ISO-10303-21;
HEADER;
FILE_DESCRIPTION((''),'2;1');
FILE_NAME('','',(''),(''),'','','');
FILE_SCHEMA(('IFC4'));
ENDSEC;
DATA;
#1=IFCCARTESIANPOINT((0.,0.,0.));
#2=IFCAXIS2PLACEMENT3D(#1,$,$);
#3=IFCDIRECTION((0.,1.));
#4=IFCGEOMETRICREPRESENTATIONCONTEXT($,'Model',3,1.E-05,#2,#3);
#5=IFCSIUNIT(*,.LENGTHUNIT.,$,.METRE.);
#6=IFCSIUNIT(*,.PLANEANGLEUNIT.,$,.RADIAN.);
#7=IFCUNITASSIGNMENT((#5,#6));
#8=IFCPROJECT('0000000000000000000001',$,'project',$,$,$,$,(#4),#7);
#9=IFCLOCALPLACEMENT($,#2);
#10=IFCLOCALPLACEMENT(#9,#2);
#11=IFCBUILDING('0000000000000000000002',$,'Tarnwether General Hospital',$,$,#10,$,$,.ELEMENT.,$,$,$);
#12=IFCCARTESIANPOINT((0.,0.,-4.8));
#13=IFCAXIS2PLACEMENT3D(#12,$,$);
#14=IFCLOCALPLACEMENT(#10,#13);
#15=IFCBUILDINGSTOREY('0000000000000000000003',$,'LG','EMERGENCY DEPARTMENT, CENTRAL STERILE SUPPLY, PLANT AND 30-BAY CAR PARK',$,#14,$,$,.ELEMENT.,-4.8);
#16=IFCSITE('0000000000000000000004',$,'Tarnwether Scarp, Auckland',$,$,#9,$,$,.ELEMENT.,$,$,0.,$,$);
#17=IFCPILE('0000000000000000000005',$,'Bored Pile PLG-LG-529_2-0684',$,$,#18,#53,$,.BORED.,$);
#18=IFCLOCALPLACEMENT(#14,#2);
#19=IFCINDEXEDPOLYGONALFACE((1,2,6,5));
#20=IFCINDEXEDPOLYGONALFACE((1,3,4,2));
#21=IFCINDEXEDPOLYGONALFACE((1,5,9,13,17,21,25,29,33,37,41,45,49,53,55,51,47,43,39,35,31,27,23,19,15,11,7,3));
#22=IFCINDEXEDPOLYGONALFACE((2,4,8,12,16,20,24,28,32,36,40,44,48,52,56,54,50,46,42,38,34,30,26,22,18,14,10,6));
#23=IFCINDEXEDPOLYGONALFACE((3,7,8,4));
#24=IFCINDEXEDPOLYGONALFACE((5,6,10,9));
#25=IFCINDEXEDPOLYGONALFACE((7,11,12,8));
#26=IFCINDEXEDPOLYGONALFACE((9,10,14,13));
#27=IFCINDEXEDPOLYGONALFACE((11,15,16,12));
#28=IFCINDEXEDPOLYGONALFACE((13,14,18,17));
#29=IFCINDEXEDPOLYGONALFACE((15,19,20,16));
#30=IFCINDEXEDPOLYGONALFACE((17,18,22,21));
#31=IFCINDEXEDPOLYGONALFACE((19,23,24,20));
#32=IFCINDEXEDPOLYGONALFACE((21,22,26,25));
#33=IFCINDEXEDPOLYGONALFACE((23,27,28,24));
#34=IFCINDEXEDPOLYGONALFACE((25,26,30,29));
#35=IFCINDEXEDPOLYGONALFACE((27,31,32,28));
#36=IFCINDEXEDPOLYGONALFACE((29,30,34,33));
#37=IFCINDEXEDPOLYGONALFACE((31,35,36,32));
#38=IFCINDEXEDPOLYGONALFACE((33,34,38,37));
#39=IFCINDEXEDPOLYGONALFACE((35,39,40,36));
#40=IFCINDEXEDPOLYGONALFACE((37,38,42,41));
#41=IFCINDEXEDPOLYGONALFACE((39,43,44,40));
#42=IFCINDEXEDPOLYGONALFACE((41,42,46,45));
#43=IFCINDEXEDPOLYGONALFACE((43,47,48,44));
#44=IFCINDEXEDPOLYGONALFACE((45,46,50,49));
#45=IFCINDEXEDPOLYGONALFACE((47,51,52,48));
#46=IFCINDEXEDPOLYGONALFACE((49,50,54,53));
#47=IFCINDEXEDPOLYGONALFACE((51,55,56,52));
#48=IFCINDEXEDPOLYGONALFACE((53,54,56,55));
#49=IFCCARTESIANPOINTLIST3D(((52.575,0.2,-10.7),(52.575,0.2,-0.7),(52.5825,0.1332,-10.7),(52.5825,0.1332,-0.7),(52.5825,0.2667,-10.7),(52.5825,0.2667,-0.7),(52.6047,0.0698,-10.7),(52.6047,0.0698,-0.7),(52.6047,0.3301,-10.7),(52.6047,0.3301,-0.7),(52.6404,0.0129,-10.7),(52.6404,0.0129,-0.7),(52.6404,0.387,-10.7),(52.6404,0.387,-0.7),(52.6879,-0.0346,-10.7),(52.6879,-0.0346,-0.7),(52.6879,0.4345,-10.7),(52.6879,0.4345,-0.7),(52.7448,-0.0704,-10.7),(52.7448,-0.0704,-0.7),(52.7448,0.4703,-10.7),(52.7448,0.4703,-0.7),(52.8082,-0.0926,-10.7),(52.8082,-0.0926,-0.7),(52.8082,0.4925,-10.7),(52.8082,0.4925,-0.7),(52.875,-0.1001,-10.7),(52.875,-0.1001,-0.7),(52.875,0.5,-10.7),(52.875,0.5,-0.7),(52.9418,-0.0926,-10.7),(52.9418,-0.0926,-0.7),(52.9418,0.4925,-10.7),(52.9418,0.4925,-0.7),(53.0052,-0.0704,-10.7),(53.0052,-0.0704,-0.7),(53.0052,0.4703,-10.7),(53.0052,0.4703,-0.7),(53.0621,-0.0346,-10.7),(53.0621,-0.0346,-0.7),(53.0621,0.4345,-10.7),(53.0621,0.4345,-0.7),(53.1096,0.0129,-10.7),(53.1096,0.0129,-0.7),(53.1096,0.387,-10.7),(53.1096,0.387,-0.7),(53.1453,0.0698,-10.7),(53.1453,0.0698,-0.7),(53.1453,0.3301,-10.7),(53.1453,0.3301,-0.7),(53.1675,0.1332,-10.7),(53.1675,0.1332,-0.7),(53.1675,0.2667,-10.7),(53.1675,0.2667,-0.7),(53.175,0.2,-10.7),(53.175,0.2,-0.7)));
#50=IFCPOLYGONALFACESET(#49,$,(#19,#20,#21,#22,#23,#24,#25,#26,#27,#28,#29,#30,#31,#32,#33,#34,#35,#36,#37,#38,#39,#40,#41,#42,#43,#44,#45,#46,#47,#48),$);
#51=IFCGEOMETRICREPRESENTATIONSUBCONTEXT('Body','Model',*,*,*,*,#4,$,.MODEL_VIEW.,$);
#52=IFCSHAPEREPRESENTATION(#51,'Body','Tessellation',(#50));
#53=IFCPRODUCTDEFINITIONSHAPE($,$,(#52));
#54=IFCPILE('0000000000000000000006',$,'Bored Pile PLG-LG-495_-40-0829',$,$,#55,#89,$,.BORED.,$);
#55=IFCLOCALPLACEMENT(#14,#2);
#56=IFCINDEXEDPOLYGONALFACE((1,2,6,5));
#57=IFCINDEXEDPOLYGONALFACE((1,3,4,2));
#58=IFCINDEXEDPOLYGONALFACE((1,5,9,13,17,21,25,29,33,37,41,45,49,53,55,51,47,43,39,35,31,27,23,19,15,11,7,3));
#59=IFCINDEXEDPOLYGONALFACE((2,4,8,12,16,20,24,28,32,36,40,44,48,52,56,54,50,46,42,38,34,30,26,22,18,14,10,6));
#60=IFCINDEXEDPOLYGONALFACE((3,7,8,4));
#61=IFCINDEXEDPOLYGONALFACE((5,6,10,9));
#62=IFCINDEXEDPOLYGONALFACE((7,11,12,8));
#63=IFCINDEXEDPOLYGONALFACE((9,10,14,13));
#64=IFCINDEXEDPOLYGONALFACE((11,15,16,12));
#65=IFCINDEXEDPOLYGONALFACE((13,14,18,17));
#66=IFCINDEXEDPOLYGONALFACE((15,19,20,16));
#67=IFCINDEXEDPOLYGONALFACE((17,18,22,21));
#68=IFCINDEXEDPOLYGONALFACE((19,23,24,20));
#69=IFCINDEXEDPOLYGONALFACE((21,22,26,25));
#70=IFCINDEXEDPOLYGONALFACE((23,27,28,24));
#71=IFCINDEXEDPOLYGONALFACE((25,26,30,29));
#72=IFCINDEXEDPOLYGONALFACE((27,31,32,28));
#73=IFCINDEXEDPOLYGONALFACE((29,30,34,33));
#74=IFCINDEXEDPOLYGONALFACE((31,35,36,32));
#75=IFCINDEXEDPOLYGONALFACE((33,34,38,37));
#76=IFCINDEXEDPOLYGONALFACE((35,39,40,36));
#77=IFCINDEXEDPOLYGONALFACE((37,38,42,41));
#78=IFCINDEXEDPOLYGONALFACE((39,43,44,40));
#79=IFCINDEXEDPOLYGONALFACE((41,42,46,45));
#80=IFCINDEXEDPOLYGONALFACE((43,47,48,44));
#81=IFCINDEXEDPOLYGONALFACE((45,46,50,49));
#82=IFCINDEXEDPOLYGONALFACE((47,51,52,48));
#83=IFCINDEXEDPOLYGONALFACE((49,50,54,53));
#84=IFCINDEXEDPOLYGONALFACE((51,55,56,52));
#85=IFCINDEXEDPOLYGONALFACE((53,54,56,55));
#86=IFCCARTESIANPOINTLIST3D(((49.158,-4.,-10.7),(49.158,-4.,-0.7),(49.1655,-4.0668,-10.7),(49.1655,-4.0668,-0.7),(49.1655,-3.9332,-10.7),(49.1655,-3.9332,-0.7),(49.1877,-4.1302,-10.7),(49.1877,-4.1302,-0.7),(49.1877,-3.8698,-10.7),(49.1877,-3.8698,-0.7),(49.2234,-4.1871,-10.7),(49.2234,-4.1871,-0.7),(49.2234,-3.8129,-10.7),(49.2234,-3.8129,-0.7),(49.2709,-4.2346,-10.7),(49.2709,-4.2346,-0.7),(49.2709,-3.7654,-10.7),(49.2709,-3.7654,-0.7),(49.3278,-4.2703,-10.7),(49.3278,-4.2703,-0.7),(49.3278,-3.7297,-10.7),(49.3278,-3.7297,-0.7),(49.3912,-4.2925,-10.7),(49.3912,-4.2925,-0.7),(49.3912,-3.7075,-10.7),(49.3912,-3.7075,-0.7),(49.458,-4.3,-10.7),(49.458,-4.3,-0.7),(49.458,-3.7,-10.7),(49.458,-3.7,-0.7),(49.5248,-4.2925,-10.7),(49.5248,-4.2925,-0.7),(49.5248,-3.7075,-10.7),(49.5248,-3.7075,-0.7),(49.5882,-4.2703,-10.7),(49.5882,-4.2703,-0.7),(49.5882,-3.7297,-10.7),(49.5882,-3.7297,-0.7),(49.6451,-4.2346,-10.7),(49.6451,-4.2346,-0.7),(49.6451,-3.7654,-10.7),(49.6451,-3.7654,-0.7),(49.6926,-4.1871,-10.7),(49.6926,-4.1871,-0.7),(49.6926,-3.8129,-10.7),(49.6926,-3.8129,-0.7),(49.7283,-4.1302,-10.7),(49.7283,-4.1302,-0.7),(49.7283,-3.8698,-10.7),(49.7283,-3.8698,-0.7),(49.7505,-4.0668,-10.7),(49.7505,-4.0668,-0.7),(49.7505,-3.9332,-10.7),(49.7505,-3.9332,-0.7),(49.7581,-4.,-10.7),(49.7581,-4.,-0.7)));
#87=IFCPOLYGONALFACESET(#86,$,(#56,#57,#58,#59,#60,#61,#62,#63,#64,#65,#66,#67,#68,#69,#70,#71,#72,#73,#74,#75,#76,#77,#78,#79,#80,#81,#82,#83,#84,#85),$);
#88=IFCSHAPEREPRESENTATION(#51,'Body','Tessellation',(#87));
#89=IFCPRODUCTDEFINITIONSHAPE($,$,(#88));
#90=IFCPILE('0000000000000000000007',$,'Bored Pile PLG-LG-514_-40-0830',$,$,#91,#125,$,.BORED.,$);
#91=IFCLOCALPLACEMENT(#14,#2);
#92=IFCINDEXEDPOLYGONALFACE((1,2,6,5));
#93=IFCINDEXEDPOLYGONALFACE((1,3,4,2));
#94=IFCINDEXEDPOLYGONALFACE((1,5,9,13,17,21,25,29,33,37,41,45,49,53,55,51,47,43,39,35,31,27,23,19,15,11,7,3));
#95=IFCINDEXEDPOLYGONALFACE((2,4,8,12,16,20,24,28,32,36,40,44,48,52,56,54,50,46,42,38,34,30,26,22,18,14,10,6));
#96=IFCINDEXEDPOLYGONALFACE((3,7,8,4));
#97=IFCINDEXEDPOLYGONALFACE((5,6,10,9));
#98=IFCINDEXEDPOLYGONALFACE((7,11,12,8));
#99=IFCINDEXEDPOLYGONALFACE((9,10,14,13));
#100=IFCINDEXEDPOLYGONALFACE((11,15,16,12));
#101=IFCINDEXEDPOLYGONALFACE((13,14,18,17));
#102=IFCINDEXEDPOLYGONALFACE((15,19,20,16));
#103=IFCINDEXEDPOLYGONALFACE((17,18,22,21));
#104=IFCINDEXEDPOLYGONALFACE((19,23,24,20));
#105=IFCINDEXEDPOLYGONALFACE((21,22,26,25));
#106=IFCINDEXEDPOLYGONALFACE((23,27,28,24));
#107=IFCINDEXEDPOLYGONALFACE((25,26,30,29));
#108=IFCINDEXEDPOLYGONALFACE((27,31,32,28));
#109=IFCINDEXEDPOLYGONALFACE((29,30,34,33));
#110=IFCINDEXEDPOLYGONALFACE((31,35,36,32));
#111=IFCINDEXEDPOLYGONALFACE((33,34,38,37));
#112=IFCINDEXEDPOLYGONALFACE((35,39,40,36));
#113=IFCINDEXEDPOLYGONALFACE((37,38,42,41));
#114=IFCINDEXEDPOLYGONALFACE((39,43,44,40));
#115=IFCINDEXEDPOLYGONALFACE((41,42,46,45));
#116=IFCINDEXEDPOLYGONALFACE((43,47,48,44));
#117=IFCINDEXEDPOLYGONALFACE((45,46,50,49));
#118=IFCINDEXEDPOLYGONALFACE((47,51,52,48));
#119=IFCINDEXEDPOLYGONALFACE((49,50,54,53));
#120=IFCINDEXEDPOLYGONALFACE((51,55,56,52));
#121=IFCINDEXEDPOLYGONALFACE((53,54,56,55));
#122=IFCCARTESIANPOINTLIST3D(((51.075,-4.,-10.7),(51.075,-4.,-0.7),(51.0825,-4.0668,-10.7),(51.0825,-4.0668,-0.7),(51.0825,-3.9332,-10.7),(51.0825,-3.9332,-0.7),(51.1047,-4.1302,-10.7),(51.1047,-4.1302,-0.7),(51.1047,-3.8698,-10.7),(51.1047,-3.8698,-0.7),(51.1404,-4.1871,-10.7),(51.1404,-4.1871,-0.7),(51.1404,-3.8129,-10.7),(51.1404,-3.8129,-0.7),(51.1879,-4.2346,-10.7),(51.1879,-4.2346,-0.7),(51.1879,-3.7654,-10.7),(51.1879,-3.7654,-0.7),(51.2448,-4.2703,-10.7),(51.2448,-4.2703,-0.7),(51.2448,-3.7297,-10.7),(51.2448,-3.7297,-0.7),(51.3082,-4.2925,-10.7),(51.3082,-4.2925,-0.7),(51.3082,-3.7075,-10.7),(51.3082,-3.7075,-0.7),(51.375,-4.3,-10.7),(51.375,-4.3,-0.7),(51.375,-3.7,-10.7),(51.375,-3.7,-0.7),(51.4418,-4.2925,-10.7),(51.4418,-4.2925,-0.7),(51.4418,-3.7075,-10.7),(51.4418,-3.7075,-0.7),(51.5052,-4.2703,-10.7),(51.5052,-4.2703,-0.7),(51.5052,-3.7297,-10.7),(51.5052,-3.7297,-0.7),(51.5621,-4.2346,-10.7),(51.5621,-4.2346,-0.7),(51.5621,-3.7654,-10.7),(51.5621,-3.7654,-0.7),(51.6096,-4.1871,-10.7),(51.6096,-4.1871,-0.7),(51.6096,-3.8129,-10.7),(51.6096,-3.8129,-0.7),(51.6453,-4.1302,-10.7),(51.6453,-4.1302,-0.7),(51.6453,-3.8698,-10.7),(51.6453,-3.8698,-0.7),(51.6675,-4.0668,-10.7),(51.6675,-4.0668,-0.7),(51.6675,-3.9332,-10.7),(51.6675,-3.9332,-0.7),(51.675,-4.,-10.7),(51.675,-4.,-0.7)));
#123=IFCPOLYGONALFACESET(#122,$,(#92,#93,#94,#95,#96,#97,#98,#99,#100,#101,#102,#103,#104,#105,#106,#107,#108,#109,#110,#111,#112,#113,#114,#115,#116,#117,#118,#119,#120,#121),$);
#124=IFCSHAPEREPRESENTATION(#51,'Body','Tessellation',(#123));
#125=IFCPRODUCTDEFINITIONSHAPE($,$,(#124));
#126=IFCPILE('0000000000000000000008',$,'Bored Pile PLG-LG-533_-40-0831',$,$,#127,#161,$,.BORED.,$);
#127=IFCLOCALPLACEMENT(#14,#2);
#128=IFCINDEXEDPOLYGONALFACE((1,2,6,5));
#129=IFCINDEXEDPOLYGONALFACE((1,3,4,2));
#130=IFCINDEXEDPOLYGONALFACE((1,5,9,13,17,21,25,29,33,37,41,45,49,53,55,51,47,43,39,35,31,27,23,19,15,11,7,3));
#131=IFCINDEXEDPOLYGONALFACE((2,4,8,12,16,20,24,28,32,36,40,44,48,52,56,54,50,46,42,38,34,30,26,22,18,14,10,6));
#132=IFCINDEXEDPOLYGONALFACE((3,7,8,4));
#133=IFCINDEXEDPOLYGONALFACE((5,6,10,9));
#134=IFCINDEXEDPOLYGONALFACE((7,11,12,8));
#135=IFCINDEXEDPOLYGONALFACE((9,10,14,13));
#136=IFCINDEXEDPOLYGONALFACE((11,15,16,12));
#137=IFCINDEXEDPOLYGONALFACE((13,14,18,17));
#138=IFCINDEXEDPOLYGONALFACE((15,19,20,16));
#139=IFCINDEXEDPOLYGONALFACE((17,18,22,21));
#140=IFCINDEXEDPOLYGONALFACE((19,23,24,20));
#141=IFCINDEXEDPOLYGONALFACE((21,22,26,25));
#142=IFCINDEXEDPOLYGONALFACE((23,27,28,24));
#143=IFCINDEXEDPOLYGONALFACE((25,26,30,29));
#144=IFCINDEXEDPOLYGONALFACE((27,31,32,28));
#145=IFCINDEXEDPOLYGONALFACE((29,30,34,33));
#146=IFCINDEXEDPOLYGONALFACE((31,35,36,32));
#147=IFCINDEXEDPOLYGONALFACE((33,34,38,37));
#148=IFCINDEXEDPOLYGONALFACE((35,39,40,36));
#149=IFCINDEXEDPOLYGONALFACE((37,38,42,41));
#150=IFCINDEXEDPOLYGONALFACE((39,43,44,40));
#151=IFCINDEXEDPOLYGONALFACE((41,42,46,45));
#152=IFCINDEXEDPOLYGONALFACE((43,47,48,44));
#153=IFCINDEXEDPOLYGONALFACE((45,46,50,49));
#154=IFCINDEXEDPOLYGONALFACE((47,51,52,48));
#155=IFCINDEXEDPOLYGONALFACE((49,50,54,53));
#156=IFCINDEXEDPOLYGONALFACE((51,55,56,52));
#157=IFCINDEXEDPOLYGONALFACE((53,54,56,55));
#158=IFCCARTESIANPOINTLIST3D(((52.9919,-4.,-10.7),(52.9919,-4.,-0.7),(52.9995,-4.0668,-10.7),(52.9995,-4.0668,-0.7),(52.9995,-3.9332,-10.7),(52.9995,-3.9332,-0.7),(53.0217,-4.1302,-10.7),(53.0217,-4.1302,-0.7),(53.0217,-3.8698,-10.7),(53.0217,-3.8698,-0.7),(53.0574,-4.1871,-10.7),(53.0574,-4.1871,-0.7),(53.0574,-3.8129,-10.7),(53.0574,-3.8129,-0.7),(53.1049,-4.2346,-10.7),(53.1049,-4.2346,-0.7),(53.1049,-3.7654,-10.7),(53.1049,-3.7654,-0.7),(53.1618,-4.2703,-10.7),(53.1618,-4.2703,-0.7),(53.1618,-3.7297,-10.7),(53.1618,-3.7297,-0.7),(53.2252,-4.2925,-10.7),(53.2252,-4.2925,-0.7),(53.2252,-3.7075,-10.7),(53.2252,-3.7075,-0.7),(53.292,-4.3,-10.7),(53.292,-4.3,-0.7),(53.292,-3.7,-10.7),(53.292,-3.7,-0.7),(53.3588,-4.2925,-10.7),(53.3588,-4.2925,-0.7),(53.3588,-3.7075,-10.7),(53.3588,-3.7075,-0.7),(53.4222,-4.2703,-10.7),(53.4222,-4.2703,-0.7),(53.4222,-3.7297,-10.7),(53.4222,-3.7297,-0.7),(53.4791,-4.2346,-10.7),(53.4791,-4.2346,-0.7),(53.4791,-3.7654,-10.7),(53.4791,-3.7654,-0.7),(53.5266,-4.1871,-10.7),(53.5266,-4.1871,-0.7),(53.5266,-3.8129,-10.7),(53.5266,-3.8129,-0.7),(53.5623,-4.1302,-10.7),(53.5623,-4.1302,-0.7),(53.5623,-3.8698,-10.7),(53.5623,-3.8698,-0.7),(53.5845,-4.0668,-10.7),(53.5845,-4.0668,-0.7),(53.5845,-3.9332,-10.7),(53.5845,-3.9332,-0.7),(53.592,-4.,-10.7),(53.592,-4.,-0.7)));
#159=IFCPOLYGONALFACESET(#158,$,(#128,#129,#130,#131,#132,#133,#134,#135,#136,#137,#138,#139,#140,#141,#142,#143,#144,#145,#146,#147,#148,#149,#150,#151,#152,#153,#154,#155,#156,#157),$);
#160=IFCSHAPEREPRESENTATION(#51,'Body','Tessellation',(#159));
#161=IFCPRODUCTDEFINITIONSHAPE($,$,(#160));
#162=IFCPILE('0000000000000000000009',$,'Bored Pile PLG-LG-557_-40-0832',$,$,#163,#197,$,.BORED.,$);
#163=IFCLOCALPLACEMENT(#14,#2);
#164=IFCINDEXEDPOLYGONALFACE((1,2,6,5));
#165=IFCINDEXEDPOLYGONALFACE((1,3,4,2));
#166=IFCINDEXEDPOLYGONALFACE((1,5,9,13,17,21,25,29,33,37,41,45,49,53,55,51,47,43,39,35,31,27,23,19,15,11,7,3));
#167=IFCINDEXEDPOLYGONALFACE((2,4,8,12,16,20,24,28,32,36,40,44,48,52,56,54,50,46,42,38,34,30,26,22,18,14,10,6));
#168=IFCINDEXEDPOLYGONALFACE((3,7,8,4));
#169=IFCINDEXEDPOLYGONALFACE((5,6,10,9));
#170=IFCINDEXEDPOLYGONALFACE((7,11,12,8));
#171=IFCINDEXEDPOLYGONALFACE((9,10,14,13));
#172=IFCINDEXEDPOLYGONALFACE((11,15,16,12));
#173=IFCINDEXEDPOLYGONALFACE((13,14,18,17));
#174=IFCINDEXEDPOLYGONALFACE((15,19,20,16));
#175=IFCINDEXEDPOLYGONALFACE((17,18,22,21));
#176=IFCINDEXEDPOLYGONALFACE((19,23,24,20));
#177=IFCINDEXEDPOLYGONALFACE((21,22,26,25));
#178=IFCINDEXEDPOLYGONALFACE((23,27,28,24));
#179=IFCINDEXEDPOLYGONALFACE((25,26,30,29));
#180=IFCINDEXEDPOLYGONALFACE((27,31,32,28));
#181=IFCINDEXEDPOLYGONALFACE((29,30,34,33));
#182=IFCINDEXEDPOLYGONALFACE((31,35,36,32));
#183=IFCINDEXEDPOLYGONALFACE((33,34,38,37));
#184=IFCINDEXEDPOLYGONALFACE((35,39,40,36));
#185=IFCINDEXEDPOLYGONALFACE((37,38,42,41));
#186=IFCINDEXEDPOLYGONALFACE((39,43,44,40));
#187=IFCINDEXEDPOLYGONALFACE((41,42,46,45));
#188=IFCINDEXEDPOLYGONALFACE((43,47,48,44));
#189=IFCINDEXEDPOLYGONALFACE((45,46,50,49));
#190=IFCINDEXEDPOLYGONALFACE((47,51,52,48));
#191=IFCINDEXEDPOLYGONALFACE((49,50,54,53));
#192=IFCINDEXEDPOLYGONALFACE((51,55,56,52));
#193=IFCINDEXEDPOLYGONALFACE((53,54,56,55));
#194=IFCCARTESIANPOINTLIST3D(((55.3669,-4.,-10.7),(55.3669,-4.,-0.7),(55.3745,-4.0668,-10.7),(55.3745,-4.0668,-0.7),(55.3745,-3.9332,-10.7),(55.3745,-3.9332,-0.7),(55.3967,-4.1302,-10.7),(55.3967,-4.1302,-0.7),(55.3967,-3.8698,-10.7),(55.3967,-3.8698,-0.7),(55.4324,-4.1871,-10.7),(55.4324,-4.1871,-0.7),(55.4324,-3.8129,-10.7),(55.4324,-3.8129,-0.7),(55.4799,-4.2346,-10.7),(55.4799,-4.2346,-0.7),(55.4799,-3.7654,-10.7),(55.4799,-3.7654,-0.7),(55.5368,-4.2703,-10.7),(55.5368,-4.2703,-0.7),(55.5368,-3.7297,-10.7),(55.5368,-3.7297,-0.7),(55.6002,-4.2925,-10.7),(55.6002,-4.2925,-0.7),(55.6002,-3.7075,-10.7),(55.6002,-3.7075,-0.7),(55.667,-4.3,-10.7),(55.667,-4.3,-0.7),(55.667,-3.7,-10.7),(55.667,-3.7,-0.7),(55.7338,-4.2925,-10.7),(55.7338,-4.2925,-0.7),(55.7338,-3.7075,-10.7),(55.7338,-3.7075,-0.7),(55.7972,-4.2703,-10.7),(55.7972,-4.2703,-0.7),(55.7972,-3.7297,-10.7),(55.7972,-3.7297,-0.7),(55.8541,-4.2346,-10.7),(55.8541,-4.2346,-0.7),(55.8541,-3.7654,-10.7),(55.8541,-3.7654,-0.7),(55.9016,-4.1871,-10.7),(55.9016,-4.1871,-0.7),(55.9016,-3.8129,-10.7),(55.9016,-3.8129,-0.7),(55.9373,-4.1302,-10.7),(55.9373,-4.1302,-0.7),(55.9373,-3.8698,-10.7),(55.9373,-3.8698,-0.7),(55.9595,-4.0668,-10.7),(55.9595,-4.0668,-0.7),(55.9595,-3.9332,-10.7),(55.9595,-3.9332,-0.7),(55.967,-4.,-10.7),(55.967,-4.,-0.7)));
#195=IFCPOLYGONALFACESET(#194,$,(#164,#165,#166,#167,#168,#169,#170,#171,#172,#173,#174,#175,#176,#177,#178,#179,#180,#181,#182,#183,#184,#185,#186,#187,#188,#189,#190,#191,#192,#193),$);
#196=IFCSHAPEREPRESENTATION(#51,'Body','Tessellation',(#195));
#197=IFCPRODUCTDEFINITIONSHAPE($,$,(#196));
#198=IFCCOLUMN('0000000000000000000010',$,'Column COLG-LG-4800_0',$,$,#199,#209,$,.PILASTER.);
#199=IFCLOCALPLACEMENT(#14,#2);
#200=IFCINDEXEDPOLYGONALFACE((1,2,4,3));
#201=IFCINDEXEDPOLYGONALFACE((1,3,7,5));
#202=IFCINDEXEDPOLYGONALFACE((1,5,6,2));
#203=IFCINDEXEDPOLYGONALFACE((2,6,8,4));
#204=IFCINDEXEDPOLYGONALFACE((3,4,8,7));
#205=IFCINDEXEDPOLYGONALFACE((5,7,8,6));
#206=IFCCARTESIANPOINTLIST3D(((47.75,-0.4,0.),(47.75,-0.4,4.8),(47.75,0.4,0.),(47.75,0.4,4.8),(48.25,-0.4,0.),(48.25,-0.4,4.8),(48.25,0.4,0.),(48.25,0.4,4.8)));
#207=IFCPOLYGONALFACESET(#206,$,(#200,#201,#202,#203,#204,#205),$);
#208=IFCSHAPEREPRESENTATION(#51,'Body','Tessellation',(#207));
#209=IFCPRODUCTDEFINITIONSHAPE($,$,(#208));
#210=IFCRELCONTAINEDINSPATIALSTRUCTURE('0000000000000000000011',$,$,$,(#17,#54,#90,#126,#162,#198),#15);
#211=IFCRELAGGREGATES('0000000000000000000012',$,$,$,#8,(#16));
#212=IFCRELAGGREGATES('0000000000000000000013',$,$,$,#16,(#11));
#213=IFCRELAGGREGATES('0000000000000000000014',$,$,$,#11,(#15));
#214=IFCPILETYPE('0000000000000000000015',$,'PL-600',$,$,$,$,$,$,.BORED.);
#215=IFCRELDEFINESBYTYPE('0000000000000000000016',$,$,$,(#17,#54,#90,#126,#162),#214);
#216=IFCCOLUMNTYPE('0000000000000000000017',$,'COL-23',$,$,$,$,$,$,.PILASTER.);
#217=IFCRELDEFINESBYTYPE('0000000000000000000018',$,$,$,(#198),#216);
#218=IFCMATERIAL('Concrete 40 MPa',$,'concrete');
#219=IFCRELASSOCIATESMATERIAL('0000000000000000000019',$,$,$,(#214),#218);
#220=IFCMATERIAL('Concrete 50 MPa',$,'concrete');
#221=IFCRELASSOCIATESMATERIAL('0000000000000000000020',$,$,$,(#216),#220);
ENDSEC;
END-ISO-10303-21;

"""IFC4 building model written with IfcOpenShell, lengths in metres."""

from ifc_helpers import new_model, si_unit, direction, frame, origin, origin_2d, place, context, subcontext, project, spatial, rectangle, circle, extrude, material, material_profile, profile_set, type_object, element, save


model = new_model("IFC4")

# Units and contexts
model_context = context("Model", 3, precision=1e-05, world=origin(), true_north=direction((0.0, 1.0)))
body_context = subcontext(model_context, "Body", "Model", "MODEL_VIEW")
ifc_project = project(units=[si_unit("LENGTHUNIT", "METRE"), si_unit("PLANEANGLEUNIT", "RADIAN")], contexts=[model_context])

# Site, building, storey
site_placement = place(None, origin())
site = spatial("IfcSite", under=ifc_project, at=site_placement, Name="Tarnwether Scarp, Auckland", CompositionType="ELEMENT", RefElevation=0.0)
building_placement = place(site_placement, origin())
building = spatial("IfcBuilding", under=site, at=building_placement, Name="Tarnwether General Hospital", CompositionType="ELEMENT")
storey_placement = place(building_placement, frame((0.0, 0.0, -4.8)))
storey = spatial("IfcBuildingStorey", under=building, at=storey_placement, Name="LG", Description="EMERGENCY DEPARTMENT, CENTRAL STERILE SUPPLY, PLANT AND 30-BAY CAR PARK", CompositionType="ELEMENT", Elevation=-4.8)

# Piles
ifc_material_1 = material(Name="Concrete 40 MPa", Category="concrete")
ifc_material_profile_1 = material_profile(ifc_material_1, circle(Radius=0.3, at=origin_2d()), Name="PILE-D600")
ifc_profile_set_1 = profile_set([ifc_material_profile_1], Name="Concrete 40 MPa")
pile_type_1 = type_object("IfcPileType", Name="PL-600", PredefinedType="BORED", material=ifc_profile_set_1)
for number, where, z_axis, x_axis, name in (
    (1, (52.875, 0.2, -0.7), (0.0, 0.0, -1.0), (1.0, 0.0, 0.0), "Bored Pile PLG-LG-529_2-0684"),
    (2, (49.458, -4.0, -0.7), (0.0, 0.0, -1.0), (1.0, 0.0, 0.0), "Bored Pile PLG-LG-495_-40-0829"),
    (3, (51.375, -4.0, -0.7), (0.0, 0.0, -1.0), (1.0, 0.0, 0.0), "Bored Pile PLG-LG-514_-40-0830"),
    (4, (53.292, -4.0, -0.7), (0.0, 0.0, -1.0), (1.0, 0.0, 0.0), "Bored Pile PLG-LG-533_-40-0831"),
    (5, (55.667, -4.0, -0.7), (0.0, 0.0, -1.0), (1.0, 0.0, 0.0), "Bored Pile PLG-LG-557_-40-0832"),
):
    element("IfcPile", number, at=place(storey_placement, frame(where, z_axis=z_axis, x_axis=x_axis)), inside=storey, type_object=pile_type_1, Name=name, PredefinedType="BORED", context=body_context, shape_type="SweptSolid", body=[
        extrude(circle(Radius=0.3, at=origin_2d()), origin(), (0.0, 0.0, 1.0), 10.0),
    ])

# Column
ifc_material_2 = material(Name="Concrete 50 MPa", Category="concrete")
ifc_material_profile_2 = material_profile(ifc_material_2, rectangle(XDim=0.5, YDim=0.8, at=origin_2d()), Name="RC-PIL-500x800")
ifc_profile_set_2 = profile_set([ifc_material_profile_2], Name="Concrete 50 MPa")
column_type = type_object("IfcColumnType", Name="COL-23", PredefinedType="PILASTER", material=ifc_profile_set_2)
column_placement = place(storey_placement, frame((48.0, 0.0, 0.0), z_axis=(0.0, 0.0, 1.0), x_axis=(1.0, 0.0, 0.0)))
element("IfcColumn", 6, at=column_placement, inside=storey, type_object=column_type, Name="Column COLG-LG-4800_0", PredefinedType="PILASTER", context=body_context, shape_type="SweptSolid", body=[
    extrude(rectangle(XDim=0.5, YDim=0.8, at=origin_2d()), origin(), (0.0, 0.0, 1.0), 4.8),
])

save(model, "model.ifc")
